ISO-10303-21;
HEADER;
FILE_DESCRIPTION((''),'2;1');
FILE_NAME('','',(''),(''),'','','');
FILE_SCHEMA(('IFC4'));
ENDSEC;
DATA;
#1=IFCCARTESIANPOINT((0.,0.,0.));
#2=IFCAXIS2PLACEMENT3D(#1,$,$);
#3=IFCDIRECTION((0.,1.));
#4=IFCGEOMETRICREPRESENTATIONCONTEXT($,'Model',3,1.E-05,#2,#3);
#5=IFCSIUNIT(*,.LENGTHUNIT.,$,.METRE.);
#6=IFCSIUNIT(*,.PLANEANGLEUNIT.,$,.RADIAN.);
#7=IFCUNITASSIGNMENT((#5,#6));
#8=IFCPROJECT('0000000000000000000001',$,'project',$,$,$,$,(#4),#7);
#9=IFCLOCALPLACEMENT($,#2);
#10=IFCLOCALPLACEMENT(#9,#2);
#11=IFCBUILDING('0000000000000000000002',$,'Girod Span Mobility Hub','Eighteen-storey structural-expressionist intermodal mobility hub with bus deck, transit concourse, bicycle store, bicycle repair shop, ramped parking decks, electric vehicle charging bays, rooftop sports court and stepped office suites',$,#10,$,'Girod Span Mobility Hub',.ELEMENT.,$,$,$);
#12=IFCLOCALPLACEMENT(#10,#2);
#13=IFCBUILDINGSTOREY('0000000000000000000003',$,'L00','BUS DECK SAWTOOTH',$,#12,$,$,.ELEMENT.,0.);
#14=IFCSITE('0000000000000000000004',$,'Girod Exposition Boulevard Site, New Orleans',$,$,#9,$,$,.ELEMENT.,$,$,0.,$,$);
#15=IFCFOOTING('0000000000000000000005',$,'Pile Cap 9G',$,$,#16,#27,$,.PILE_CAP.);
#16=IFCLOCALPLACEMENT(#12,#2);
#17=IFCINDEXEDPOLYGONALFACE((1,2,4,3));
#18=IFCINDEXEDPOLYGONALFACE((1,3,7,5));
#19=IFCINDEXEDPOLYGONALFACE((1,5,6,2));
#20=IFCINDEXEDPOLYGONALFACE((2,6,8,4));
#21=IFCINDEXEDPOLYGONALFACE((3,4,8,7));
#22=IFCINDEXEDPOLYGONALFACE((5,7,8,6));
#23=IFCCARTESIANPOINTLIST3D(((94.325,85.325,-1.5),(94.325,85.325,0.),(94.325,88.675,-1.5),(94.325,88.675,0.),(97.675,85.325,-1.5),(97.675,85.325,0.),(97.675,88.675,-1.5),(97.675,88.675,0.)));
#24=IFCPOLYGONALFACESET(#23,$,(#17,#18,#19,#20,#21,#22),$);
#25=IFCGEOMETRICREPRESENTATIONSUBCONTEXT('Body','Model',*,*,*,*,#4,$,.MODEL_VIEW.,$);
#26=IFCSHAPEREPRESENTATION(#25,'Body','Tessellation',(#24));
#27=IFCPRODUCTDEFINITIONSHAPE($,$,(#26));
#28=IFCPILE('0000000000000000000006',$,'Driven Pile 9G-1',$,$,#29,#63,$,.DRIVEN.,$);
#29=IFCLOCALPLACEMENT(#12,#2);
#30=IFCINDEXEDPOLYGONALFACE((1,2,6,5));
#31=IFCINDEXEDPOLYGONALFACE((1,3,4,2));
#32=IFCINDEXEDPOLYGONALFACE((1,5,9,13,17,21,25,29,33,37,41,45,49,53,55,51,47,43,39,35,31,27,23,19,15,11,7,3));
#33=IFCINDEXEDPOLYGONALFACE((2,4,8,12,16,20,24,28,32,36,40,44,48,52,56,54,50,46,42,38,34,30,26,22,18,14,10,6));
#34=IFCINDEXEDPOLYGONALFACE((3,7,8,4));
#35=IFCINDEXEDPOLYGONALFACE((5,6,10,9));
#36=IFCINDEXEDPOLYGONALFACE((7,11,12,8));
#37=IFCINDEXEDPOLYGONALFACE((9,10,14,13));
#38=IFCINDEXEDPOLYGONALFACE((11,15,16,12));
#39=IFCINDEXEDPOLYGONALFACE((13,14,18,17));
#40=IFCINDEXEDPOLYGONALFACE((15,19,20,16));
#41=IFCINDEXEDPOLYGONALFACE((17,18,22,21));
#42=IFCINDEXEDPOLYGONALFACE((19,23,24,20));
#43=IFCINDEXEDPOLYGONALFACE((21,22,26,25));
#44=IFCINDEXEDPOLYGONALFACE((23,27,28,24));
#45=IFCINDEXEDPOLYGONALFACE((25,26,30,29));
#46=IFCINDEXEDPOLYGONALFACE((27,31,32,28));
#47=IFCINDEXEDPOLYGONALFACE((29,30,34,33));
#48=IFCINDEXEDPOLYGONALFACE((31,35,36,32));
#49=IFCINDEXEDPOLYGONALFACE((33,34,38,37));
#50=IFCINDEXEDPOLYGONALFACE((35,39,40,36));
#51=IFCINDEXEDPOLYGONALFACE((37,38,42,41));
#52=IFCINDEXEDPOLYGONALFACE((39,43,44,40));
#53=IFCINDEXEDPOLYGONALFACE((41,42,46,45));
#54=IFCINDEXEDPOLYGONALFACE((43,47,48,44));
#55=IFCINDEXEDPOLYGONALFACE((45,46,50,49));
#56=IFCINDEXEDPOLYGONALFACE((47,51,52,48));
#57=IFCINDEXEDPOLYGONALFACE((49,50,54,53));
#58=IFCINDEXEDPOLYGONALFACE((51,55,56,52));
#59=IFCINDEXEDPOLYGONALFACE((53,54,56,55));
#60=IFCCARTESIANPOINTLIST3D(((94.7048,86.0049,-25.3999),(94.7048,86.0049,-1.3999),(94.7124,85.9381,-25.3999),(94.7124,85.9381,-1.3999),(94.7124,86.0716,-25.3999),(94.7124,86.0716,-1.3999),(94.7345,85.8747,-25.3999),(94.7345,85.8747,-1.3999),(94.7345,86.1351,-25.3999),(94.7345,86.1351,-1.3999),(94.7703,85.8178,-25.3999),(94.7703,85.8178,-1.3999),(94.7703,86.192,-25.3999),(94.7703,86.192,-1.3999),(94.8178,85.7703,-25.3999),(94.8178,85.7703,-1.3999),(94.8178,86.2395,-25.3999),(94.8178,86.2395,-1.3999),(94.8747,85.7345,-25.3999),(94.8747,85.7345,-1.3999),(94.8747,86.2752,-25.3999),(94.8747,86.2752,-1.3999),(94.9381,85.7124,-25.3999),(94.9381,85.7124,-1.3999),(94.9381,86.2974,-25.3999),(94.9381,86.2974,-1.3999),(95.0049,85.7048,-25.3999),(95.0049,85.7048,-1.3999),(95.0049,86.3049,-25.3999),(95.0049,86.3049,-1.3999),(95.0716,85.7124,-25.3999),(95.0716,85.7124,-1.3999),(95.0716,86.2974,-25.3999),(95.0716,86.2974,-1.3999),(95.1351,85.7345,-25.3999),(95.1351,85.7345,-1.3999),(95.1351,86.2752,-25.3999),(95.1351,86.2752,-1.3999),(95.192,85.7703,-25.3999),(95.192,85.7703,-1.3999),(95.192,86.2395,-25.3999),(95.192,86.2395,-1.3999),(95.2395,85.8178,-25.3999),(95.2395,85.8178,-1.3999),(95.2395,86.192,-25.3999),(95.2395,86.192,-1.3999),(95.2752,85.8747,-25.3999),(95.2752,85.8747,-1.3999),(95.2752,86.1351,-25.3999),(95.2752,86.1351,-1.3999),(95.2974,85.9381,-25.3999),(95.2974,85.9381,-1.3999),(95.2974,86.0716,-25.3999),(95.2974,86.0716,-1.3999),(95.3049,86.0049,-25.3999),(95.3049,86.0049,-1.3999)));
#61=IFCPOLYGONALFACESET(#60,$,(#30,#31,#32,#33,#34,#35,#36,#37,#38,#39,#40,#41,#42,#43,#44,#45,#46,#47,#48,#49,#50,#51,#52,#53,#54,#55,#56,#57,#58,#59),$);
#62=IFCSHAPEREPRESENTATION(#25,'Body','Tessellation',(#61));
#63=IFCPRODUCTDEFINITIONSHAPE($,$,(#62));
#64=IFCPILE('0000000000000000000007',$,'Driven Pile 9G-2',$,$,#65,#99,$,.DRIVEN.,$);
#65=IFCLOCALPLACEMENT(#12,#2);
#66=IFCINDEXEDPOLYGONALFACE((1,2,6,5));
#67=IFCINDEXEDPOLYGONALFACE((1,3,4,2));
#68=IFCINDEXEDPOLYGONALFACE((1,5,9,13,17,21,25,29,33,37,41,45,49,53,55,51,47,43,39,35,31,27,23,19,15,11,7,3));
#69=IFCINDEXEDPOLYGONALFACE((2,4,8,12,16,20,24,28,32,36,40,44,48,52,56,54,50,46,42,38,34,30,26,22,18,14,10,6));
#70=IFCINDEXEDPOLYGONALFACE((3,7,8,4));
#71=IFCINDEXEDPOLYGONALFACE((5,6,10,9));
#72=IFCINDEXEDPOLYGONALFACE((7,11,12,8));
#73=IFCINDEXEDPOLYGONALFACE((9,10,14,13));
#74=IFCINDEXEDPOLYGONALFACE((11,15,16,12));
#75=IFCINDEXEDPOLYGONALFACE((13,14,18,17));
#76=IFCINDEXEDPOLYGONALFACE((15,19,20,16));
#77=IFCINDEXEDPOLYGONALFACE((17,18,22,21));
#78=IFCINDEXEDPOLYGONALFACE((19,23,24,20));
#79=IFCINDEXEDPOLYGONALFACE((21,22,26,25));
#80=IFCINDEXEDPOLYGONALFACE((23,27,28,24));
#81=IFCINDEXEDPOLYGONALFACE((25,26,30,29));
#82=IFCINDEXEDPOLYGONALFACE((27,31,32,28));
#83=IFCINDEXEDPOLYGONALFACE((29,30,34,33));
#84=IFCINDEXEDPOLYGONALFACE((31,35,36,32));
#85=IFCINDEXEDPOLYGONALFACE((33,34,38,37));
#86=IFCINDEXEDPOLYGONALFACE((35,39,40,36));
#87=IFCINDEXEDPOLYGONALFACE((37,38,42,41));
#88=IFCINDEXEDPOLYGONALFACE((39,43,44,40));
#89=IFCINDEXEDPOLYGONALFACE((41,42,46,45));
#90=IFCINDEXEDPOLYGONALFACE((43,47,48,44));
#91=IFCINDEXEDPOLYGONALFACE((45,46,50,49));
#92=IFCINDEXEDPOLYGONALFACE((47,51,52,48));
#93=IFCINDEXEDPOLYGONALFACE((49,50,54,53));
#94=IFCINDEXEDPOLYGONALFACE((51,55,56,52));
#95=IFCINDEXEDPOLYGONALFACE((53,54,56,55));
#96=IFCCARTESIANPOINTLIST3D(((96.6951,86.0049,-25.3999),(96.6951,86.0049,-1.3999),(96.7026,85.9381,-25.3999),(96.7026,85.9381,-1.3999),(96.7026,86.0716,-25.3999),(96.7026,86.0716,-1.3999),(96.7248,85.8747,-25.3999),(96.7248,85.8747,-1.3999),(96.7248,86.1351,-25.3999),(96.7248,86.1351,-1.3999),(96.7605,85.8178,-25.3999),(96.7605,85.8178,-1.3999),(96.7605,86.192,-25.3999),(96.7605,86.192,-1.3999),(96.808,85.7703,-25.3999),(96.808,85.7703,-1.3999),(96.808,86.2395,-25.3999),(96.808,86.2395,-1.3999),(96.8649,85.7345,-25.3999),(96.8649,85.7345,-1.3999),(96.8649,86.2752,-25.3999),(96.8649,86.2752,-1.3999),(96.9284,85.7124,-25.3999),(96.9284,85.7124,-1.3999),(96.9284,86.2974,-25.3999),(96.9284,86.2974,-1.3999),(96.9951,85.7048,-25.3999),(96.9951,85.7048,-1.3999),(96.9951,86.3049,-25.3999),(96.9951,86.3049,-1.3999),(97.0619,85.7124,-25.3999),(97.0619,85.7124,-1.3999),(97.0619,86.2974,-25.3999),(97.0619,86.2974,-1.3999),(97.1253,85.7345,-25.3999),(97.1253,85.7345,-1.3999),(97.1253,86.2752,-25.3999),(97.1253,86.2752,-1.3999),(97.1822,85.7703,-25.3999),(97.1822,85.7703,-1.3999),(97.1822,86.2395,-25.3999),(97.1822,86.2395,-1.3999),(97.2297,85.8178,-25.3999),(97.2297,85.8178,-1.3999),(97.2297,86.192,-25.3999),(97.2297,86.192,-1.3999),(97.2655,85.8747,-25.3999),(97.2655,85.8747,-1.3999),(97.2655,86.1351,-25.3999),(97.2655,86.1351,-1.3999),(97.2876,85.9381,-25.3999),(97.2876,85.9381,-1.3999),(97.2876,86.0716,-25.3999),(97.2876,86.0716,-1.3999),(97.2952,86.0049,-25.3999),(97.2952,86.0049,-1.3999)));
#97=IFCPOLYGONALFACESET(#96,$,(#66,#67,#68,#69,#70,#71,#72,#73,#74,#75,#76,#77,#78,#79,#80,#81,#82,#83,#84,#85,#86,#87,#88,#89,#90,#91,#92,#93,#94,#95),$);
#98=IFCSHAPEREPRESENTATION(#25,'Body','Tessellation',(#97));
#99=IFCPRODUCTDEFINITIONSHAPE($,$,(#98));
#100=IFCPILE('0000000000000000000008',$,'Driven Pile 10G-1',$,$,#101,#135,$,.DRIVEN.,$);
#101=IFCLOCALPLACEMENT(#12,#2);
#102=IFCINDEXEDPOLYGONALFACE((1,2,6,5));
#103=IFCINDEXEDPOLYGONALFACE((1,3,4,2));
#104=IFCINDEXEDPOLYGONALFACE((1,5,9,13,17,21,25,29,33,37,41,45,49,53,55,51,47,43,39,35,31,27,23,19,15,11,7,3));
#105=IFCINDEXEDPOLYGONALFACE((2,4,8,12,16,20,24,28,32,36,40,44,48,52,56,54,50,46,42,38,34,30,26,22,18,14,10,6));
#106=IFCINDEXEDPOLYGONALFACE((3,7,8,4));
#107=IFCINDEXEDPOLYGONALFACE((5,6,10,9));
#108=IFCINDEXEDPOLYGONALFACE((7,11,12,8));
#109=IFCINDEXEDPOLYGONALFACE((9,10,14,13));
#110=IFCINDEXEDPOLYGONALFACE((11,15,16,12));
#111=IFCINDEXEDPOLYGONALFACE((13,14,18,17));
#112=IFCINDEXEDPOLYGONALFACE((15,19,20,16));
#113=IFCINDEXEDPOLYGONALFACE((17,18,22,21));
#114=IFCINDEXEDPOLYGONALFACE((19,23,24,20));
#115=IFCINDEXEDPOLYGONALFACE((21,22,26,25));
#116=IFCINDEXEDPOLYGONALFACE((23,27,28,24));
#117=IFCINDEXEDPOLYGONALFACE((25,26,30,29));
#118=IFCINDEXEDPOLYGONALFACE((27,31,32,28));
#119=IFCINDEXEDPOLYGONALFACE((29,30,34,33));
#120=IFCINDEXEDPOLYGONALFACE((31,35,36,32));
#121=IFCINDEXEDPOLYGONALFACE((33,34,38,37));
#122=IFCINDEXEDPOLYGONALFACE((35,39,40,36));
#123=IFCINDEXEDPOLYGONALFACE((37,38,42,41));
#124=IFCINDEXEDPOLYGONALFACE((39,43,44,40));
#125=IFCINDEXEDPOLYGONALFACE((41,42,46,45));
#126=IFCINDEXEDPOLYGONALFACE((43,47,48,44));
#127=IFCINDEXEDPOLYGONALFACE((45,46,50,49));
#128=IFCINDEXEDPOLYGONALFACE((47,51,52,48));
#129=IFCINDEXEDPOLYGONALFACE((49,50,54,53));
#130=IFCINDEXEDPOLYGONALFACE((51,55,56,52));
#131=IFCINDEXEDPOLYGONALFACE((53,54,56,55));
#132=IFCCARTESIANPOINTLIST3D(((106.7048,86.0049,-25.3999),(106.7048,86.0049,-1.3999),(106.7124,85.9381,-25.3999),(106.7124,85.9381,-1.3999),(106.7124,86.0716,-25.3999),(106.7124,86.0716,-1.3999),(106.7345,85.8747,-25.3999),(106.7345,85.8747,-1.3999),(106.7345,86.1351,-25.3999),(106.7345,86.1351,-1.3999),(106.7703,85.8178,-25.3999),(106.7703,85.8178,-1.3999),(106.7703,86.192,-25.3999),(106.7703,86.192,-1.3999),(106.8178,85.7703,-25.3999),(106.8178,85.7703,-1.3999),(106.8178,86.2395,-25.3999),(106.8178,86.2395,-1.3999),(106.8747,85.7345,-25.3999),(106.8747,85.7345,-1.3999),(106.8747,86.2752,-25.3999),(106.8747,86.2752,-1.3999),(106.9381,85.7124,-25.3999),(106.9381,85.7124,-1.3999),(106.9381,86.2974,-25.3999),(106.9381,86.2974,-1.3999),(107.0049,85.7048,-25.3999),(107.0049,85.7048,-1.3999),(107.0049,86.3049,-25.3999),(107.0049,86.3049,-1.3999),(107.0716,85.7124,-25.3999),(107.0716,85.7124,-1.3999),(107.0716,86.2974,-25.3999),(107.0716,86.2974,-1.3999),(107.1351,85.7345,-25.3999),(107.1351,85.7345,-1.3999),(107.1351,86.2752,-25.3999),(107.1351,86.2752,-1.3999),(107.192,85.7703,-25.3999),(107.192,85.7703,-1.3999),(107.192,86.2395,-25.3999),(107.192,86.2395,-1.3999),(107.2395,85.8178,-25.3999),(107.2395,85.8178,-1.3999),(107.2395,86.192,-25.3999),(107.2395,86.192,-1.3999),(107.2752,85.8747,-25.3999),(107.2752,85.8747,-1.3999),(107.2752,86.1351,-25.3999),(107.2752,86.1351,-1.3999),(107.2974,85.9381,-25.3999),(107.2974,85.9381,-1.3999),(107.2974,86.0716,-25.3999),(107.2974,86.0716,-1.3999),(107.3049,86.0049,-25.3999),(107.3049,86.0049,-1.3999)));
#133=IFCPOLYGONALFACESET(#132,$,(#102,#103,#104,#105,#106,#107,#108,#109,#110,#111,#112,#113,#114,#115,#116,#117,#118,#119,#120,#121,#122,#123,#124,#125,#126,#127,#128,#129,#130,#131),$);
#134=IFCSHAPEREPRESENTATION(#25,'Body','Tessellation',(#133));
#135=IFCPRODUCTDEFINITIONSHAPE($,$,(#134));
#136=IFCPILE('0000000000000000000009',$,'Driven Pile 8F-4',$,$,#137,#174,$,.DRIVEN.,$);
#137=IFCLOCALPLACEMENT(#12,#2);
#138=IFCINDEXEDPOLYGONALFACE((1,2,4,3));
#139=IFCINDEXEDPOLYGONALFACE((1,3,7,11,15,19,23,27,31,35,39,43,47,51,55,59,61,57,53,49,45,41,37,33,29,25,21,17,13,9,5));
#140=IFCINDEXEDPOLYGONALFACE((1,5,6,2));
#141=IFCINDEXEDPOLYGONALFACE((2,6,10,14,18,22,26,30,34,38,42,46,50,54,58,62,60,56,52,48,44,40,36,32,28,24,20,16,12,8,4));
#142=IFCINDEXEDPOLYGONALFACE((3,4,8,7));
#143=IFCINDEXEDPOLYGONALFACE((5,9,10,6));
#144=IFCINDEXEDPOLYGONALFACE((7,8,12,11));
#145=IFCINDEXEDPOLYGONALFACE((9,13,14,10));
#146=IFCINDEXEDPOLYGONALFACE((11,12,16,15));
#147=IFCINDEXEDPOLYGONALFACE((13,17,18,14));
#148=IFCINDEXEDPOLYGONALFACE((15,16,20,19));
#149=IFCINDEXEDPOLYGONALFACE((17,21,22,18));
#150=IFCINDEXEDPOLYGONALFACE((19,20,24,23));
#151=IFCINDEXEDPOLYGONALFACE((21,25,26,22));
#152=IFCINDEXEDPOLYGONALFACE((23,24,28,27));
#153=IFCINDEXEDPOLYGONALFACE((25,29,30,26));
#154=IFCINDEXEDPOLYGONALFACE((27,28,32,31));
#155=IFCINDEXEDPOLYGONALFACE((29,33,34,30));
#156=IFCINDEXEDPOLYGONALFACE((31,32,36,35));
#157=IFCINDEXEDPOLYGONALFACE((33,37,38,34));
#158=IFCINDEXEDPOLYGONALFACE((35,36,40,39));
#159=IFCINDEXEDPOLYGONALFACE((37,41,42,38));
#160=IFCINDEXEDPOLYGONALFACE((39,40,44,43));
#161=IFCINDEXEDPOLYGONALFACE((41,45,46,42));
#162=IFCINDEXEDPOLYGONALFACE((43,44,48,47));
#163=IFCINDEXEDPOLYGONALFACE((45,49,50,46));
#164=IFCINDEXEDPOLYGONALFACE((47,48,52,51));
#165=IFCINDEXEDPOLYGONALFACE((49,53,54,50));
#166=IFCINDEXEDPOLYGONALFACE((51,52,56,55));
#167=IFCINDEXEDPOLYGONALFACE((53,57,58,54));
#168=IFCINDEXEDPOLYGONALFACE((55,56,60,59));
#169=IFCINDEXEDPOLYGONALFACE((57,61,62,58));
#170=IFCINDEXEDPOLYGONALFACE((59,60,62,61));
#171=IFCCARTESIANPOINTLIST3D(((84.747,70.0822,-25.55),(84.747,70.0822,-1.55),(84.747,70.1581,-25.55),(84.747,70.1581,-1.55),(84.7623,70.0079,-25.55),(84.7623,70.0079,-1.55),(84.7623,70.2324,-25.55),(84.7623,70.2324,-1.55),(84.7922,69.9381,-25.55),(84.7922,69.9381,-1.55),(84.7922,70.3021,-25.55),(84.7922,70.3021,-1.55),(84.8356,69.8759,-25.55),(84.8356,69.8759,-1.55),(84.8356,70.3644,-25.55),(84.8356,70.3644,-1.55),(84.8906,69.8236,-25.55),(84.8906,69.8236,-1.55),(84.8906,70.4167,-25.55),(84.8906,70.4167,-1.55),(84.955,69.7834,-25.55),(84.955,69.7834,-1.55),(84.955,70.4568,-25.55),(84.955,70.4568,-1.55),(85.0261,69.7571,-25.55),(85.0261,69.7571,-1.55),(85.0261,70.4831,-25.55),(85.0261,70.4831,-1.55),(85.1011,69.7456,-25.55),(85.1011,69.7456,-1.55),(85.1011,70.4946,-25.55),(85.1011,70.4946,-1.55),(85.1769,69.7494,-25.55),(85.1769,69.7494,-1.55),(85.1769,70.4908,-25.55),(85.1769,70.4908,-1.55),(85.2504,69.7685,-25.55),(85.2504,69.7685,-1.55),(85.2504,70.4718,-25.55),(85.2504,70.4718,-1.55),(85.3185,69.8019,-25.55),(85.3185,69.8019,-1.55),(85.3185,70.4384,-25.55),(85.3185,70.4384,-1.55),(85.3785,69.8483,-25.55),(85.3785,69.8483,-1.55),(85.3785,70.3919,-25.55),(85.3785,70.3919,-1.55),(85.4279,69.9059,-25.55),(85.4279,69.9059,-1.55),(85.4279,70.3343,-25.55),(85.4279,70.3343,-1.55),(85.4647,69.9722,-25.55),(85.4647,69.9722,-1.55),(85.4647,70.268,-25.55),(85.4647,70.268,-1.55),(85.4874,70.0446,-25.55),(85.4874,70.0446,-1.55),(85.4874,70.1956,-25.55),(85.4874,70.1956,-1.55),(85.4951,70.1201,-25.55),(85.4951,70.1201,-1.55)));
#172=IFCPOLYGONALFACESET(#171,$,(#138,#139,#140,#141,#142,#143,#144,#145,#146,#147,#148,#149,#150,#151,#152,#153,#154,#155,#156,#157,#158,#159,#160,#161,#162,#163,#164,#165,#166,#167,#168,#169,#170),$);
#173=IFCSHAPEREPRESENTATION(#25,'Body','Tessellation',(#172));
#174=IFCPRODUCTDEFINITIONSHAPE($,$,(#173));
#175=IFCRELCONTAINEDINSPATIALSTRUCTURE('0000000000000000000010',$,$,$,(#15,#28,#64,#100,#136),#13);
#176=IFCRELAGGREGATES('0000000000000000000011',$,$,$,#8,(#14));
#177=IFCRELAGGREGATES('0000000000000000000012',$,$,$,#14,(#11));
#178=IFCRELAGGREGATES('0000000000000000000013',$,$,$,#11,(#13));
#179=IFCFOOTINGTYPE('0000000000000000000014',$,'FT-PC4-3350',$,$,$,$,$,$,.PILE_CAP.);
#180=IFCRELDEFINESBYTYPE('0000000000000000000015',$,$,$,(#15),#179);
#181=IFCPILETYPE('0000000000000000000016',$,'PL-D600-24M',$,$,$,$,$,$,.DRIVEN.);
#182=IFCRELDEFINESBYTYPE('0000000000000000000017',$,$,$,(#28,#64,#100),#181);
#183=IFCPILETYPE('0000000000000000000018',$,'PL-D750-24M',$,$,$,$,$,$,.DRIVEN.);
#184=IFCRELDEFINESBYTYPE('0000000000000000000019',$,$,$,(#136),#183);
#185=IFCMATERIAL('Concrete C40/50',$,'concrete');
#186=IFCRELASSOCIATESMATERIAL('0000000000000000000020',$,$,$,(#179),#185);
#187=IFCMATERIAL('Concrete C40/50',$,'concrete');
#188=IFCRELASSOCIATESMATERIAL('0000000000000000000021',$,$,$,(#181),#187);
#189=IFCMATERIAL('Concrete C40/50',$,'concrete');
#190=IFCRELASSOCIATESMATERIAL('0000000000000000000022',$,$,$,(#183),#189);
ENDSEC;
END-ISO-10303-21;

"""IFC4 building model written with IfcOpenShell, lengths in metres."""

from ifc_helpers import new_model, si_unit, direction, frame, origin, origin_2d, place, context, subcontext, project, spatial, rectangle, circle, extrude, material, material_profile, profile_set, type_object, element, save


model = new_model("IFC4")

# Units and contexts
model_context = context("Model", 3, precision=1e-05, world=origin(), true_north=direction((0.0, 1.0)))
body_context = subcontext(model_context, "Body", "Model", "MODEL_VIEW")
ifc_project = project(units=[si_unit("LENGTHUNIT", "METRE"), si_unit("PLANEANGLEUNIT", "RADIAN")], contexts=[model_context])

# Site, building, storey
site_placement = place(None, origin())
site = spatial("IfcSite", under=ifc_project, at=site_placement, Name="Girod Exposition Boulevard Site, New Orleans", CompositionType="ELEMENT", RefElevation=0.0)
building_placement = place(site_placement, origin())
building = spatial("IfcBuilding", under=site, at=building_placement, Name="Girod Span Mobility Hub", Description="Eighteen-storey structural-expressionist intermodal mobility hub with bus deck, transit concourse, bicycle store, bicycle repair shop, ramped parking decks, electric vehicle charging bays, rooftop sports court and stepped office suites", LongName="Girod Span Mobility Hub", CompositionType="ELEMENT")
storey_placement = place(building_placement, origin())
storey = spatial("IfcBuildingStorey", under=building, at=storey_placement, Name="L00", Description="BUS DECK SAWTOOTH", CompositionType="ELEMENT", Elevation=0.0)

# Footing
ifc_material_1 = material(Name="Concrete C40/50", Category="concrete")
footing_type = type_object("IfcFootingType", Name="FT-PC4-3350", PredefinedType="PILE_CAP", material=ifc_material_1)
footing_placement = place(storey_placement, frame((96.0, 87.0, -1.5), z_axis=(0.0, 0.0, 1.0), x_axis=(1.0, 0.0, 0.0)))
element("IfcFooting", 1, at=footing_placement, inside=storey, type_object=footing_type, Name="Pile Cap 9G", PredefinedType="PILE_CAP", context=body_context, shape_type="SweptSolid", body=[
    extrude(rectangle(XDim=3.3501, YDim=3.3501, at=origin_2d()), origin(), (0.0, 0.0, 1.0), 1.5),
])

# Piles
ifc_material_2 = material(Name="Concrete C40/50", Category="concrete")
ifc_material_profile_1 = material_profile(ifc_material_2, circle(Radius=0.3, at=origin_2d()), Name="PILE-D600")
ifc_profile_set_1 = profile_set([ifc_material_profile_1], Name="Concrete C40/50")
pile_type_1 = type_object("IfcPileType", Name="PL-D600-24M", PredefinedType="DRIVEN", material=ifc_profile_set_1)
for number, where, z_axis, x_axis, name in (
    (2, (95.0049, 86.0049, -1.3999), (0.0, 0.0, -1.0), (1.0, 0.0, 0.0), "Driven Pile 9G-1"),
    (3, (96.9951, 86.0049, -1.3999), (0.0, 0.0, -1.0), (1.0, 0.0, 0.0), "Driven Pile 9G-2"),
    (4, (107.0049, 86.0049, -1.3999), (0.0, 0.0, -1.0), (1.0, 0.0, 0.0), "Driven Pile 10G-1"),
):
    element("IfcPile", number, at=place(storey_placement, frame(where, z_axis=z_axis, x_axis=x_axis)), inside=storey, type_object=pile_type_1, Name=name, PredefinedType="DRIVEN", context=body_context, shape_type="SweptSolid", body=[
        extrude(circle(Radius=0.3, at=origin_2d()), origin(), (0.0, 0.0, 1.0), 24.0),
    ])
ifc_material_3 = material(Name="Concrete C40/50", Category="concrete")
ifc_material_profile_2 = material_profile(ifc_material_3, circle(Radius=0.375, at=origin_2d()), Name="PILE-D750")
ifc_profile_set_2 = profile_set([ifc_material_profile_2], Name="Concrete C40/50")
pile_type_2 = type_object("IfcPileType", Name="PL-D750-24M", PredefinedType="DRIVEN", material=ifc_profile_set_2)
for number, where, z_axis, x_axis, name in (
    (5, (85.1201, 70.1201, -1.55), (0.0, 0.0, -1.0), (1.0, 0.0, 0.0), "Driven Pile 8F-4"),
):
    element("IfcPile", number, at=place(storey_placement, frame(where, z_axis=z_axis, x_axis=x_axis)), inside=storey, type_object=pile_type_2, Name=name, PredefinedType="DRIVEN", context=body_context, shape_type="SweptSolid", body=[
        extrude(circle(Radius=0.375, at=origin_2d()), origin(), (0.0, 0.0, 1.0), 24.0),
    ])

save(model, "model.ifc")
